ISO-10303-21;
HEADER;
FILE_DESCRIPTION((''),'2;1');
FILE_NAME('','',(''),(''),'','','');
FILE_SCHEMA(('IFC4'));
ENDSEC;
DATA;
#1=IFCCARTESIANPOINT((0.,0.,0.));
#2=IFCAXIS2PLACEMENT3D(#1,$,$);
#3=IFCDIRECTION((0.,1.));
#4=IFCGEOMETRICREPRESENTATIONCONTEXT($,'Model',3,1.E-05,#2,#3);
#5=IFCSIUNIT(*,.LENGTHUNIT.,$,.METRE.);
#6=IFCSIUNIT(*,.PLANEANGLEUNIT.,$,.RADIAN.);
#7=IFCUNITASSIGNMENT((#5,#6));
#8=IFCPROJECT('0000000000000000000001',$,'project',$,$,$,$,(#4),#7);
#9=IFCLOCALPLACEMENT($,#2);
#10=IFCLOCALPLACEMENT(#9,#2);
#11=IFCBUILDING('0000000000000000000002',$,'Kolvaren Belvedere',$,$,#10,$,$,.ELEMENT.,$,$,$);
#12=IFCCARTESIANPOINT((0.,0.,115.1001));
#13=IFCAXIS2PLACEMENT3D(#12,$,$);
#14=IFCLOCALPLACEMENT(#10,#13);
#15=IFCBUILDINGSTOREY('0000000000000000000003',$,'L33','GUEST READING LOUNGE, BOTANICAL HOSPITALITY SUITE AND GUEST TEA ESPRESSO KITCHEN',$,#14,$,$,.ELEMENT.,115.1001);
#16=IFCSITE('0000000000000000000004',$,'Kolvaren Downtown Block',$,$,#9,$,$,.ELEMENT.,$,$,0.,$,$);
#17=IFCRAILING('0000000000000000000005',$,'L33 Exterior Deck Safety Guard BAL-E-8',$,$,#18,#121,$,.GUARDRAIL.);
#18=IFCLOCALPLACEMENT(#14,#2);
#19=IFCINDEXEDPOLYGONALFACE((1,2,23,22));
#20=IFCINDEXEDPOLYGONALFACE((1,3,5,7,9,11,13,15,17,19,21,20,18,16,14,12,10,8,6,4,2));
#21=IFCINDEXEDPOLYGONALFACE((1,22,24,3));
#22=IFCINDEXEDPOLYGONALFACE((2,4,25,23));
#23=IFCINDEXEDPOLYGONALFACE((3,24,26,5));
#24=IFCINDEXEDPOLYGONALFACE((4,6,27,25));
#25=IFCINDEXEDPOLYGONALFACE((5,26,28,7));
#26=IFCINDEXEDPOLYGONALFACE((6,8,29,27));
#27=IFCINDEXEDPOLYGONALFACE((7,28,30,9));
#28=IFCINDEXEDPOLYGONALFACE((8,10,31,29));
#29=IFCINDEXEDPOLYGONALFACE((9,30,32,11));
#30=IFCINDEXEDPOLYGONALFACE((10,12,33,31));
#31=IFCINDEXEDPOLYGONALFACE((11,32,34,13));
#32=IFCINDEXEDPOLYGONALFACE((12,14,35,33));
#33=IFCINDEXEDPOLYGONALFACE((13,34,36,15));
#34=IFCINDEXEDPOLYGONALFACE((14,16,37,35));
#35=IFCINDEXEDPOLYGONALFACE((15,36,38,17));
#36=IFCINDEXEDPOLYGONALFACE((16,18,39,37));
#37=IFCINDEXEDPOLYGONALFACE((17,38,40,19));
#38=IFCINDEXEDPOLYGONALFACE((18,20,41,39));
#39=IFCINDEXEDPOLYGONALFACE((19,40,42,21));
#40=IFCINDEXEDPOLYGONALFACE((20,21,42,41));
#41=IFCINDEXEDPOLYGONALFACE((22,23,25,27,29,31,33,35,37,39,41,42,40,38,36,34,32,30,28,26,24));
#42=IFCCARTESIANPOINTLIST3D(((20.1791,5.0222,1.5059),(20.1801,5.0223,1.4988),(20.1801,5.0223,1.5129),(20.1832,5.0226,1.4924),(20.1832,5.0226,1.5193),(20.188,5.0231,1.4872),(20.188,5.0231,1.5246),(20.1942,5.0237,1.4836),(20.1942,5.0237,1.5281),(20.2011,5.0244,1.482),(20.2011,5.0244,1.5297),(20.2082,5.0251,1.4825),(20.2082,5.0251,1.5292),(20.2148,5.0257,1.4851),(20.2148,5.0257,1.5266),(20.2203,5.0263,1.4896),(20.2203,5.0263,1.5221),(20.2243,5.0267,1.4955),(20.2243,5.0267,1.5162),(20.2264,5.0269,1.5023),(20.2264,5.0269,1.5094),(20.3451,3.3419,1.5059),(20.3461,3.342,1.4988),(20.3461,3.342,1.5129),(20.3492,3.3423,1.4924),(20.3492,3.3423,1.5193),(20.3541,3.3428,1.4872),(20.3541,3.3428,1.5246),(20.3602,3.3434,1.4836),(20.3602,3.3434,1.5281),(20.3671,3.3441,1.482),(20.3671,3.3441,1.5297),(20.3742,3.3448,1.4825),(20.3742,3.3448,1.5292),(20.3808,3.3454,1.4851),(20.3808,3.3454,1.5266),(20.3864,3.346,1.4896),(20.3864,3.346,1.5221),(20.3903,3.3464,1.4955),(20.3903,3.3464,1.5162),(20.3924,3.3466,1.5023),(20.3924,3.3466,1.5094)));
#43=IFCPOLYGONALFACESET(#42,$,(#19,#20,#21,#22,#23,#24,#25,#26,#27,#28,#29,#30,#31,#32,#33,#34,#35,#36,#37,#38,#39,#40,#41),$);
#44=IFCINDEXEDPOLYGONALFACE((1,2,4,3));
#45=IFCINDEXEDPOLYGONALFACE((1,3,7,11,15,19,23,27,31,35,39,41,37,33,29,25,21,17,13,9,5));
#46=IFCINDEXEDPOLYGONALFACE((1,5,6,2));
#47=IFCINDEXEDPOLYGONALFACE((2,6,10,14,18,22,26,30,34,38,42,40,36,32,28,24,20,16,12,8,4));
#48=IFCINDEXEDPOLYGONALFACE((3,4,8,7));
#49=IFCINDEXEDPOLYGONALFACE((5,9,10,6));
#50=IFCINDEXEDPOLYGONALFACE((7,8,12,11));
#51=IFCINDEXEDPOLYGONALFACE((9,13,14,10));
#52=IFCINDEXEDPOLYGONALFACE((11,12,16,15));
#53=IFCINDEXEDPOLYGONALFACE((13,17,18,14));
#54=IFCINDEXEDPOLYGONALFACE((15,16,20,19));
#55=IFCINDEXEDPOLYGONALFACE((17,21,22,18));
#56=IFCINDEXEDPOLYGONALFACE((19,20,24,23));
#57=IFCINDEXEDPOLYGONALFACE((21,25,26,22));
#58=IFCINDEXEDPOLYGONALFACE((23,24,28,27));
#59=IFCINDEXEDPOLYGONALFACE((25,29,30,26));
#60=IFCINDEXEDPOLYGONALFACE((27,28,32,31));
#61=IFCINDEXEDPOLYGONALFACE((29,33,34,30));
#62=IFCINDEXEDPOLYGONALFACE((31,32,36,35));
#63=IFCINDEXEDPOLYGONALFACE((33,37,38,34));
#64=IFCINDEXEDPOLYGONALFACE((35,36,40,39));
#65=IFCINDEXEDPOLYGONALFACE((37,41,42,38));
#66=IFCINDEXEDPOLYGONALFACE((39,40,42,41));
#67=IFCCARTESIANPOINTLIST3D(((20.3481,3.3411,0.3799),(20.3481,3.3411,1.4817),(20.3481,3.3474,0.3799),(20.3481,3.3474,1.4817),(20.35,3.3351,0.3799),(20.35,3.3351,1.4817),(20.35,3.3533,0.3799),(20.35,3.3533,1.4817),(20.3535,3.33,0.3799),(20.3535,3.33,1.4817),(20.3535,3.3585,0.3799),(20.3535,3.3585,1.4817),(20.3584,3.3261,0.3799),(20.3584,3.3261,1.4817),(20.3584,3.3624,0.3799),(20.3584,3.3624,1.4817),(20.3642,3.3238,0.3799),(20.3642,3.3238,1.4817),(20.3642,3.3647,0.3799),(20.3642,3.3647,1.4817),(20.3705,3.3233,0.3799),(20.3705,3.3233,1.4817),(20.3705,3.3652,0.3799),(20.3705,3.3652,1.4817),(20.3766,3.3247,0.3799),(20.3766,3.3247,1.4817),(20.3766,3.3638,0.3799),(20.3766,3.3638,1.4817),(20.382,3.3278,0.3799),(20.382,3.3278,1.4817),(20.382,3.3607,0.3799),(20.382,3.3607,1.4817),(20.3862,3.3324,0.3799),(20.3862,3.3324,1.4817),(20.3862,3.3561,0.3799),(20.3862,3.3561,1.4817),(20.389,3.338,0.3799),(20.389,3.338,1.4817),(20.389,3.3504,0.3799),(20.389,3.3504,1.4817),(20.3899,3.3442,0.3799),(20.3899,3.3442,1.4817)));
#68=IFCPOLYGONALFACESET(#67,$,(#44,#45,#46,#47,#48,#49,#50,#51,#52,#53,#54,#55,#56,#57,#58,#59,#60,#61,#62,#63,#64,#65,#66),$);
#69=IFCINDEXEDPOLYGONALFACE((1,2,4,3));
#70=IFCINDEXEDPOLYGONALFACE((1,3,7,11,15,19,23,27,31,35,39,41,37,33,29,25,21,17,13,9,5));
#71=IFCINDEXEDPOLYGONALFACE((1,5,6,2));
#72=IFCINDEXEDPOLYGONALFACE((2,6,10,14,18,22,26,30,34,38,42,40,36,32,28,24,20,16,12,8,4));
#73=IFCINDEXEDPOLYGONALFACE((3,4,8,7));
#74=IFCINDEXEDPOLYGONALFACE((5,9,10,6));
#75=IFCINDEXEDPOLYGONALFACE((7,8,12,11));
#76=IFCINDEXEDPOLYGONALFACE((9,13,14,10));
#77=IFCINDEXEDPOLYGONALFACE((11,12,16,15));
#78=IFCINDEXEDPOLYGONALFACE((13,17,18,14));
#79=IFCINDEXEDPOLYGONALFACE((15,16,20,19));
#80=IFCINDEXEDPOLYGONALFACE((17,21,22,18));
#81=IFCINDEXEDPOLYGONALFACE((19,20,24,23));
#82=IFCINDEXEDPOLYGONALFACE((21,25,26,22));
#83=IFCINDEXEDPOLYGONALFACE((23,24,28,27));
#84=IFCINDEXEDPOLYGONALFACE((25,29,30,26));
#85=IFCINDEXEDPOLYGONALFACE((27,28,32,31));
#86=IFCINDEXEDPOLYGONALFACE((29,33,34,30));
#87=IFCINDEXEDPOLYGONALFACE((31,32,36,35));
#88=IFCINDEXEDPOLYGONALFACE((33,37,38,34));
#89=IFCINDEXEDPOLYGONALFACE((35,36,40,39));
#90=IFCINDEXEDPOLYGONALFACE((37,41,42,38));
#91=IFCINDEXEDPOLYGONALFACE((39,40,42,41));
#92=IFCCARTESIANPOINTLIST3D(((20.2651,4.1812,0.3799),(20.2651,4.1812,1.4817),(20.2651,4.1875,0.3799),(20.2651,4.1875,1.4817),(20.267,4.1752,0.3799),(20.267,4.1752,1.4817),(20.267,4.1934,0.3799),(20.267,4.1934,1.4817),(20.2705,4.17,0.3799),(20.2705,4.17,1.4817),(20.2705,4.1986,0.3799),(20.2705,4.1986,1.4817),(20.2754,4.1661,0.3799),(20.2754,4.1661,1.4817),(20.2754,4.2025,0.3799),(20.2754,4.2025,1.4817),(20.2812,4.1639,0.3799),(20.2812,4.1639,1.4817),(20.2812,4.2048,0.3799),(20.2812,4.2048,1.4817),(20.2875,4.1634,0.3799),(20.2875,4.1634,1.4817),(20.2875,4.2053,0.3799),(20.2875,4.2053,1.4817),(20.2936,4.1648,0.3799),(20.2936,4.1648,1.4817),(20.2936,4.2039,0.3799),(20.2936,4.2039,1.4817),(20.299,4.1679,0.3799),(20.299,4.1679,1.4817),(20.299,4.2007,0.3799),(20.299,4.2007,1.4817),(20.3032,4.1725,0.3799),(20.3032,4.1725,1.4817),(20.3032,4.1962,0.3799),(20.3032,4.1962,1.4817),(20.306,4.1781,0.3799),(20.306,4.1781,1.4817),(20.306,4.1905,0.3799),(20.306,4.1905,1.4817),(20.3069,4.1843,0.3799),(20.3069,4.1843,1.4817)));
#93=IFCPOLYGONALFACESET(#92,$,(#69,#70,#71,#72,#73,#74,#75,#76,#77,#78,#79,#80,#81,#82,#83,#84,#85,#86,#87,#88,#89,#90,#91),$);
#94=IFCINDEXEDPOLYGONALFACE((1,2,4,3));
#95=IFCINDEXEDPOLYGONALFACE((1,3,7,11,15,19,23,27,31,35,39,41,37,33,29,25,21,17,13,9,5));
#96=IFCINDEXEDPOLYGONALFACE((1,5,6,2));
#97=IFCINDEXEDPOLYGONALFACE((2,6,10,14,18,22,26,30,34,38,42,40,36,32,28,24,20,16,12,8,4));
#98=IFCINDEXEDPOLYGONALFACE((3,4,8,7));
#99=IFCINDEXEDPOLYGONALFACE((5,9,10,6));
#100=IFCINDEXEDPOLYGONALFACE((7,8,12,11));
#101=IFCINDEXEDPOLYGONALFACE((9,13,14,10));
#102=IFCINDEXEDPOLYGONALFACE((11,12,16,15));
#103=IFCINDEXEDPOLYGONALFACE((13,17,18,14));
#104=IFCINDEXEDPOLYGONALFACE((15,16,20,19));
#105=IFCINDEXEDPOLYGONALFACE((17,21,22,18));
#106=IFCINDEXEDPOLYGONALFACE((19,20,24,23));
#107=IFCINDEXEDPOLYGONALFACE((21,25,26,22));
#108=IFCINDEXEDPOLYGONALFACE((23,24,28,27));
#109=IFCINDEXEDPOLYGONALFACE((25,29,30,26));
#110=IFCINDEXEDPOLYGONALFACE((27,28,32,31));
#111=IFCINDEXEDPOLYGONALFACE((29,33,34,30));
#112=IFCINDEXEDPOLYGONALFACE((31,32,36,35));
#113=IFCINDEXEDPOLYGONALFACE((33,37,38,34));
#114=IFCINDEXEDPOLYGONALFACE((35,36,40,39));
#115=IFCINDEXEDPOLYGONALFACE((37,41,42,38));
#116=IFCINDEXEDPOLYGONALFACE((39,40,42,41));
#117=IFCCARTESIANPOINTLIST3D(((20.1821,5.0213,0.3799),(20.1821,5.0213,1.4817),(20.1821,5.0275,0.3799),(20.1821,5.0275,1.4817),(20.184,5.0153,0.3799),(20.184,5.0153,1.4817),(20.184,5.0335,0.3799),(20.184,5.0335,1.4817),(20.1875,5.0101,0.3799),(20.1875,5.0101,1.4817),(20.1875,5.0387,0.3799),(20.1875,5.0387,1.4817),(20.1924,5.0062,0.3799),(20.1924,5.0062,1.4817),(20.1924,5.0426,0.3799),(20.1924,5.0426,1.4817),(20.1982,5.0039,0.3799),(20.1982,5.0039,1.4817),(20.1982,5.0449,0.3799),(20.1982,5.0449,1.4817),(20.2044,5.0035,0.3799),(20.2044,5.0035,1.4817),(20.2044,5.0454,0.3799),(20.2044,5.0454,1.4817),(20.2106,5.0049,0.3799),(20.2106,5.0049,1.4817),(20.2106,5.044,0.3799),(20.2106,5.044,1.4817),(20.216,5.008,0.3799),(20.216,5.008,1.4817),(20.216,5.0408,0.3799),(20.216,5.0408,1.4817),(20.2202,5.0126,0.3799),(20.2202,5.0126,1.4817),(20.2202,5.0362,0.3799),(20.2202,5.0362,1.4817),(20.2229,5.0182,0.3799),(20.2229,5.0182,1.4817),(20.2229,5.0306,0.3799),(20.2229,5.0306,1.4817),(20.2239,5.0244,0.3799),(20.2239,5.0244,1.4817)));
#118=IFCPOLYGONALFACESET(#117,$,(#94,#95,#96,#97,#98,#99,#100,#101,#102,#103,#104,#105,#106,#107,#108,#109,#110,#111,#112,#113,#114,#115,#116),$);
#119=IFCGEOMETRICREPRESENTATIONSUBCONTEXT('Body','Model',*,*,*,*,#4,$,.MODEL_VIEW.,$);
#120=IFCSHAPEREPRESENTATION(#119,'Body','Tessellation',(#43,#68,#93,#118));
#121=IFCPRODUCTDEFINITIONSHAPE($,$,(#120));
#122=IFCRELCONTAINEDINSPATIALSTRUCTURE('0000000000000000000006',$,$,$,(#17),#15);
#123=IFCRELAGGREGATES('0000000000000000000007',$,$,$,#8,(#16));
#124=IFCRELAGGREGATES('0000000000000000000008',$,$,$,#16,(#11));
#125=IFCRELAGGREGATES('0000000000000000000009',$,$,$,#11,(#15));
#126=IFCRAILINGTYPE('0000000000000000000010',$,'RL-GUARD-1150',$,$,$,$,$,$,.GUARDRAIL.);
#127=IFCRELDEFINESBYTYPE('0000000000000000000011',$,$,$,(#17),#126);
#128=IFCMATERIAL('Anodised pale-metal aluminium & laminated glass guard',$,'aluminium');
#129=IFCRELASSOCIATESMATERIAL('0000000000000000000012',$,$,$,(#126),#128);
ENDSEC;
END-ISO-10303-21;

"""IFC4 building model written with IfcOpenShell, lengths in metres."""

from ifc_helpers import new_model, si_unit, direction, frame, origin, origin_2d, place, context, subcontext, project, spatial, circle, extrude, material, type_object, element, save


model = new_model("IFC4")

# Units and contexts
model_context = context("Model", 3, precision=1e-05, world=origin(), true_north=direction((0.0, 1.0)))
body_context = subcontext(model_context, "Body", "Model", "MODEL_VIEW")
ifc_project = project(units=[si_unit("LENGTHUNIT", "METRE"), si_unit("PLANEANGLEUNIT", "RADIAN")], contexts=[model_context])

# Site, building, storey
site_placement = place(None, origin())
site = spatial("IfcSite", under=ifc_project, at=site_placement, Name="Kolvaren Downtown Block", CompositionType="ELEMENT", RefElevation=0.0)
building_placement = place(site_placement, origin())
building = spatial("IfcBuilding", under=site, at=building_placement, Name="Kolvaren Belvedere", CompositionType="ELEMENT")
storey_placement = place(building_placement, frame((0.0, 0.0, 115.1001)))
storey = spatial("IfcBuildingStorey", under=building, at=storey_placement, Name="L33", Description="GUEST READING LOUNGE, BOTANICAL HOSPITALITY SUITE AND GUEST TEA ESPRESSO KITCHEN", CompositionType="ELEMENT", Elevation=115.1001)

# Railing
ifc_material_1 = material(Name="Anodised pale-metal aluminium & laminated glass guard", Category="aluminium")
railing_type = type_object("IfcRailingType", Name="RL-GUARD-1150", PredefinedType="GUARDRAIL", material=ifc_material_1)
railing_1_placement = place(storey_placement, frame((20.3689, 3.3442, 0.3799)))
element("IfcRailing", 1, at=railing_1_placement, inside=storey, type_object=railing_type, Name="L33 Exterior Deck Safety Guard BAL-E-8", PredefinedType="GUARDRAIL", context=body_context, shape_type="SweptSolid", body=[
    extrude(circle(Radius=0.0239, at=origin_2d()), frame((0.0, 0.0, 1.126), z_axis=(-0.09833, 0.995154, 0.0), x_axis=(-0.995154, -0.09833, 0.0)), (0.0, 0.0, 1.0), 1.6885),
    extrude(circle(Radius=0.021, at=origin_2d()), origin(), (0.0, 0.0, 1.0), 1.1018),
    extrude(circle(Radius=0.021, at=origin_2d()), frame((-0.083, 0.8401, 0.0)), (0.0, 0.0, 1.0), 1.1018),
    extrude(circle(Radius=0.021, at=origin_2d()), frame((-0.166, 1.6802, 0.0)), (0.0, 0.0, 1.0), 1.1018),
])

save(model, "model.ifc")
